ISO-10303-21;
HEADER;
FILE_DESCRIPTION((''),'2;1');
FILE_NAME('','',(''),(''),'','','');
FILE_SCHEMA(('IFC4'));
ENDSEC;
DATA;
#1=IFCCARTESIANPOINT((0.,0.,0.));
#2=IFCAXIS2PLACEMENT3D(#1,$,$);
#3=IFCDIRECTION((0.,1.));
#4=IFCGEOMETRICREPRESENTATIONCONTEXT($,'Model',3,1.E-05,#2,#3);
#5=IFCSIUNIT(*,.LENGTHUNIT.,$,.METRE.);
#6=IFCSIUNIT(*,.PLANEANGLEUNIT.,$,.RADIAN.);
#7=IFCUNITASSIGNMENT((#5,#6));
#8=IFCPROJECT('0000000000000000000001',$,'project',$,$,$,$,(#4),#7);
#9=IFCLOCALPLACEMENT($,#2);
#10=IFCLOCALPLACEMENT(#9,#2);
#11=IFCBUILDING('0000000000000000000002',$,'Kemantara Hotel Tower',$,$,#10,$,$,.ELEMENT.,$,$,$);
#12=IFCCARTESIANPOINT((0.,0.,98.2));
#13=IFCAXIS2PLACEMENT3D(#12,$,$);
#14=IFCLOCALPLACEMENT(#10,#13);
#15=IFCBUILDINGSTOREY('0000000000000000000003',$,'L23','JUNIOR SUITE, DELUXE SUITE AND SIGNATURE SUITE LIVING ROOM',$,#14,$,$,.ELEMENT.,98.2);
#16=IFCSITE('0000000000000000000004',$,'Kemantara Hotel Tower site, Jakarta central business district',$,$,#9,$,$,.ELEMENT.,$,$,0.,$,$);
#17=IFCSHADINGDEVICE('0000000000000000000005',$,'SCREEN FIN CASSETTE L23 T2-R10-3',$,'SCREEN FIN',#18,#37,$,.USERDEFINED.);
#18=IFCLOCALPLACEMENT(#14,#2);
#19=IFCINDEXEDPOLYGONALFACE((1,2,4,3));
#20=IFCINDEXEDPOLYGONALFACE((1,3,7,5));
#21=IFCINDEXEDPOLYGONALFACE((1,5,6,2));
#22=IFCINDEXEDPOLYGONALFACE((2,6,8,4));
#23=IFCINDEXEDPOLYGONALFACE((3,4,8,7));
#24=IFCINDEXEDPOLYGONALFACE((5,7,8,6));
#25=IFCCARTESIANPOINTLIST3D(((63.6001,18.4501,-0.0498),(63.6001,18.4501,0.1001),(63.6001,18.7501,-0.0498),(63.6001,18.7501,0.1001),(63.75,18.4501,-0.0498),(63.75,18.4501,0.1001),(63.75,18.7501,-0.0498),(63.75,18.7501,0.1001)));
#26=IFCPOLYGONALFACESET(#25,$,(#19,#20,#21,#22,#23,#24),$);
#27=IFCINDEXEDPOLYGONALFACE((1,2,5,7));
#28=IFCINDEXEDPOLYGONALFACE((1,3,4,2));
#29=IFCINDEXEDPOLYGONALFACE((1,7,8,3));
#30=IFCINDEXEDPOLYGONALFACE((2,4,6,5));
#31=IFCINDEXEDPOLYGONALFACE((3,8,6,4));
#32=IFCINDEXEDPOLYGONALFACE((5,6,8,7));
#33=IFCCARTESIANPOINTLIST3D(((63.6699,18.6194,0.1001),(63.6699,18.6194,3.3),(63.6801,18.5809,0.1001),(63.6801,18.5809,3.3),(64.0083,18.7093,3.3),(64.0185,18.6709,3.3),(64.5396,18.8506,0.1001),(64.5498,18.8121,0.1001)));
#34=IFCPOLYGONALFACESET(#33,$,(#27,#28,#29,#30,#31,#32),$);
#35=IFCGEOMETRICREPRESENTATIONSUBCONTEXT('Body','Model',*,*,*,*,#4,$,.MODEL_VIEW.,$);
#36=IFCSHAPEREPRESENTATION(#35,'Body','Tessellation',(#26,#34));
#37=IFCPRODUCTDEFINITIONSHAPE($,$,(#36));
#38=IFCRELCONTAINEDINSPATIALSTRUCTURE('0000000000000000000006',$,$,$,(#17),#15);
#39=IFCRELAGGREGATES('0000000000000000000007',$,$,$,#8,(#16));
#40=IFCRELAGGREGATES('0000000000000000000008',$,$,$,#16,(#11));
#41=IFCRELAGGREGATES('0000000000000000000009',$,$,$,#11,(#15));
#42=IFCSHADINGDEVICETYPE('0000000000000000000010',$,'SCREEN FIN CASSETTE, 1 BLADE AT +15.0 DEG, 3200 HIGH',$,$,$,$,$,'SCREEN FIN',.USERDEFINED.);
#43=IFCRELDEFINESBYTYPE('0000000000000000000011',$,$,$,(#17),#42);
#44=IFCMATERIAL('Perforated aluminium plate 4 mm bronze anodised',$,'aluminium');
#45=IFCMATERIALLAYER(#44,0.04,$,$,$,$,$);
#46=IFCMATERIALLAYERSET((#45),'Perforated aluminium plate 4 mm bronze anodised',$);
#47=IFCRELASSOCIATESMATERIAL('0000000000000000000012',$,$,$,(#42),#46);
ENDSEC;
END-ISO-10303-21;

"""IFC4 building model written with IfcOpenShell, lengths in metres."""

from ifc_helpers import new_model, si_unit, direction, frame, origin, origin_2d, place, context, subcontext, project, spatial, polyline, rectangle, outline, extrude, source, transform, mapped, material, layer, layer_set, type_object, element, save


model = new_model("IFC4")

# Units and contexts
model_context = context("Model", 3, precision=1e-05, world=origin(), true_north=direction((0.0, 1.0)))
body_context = subcontext(model_context, "Body", "Model", "MODEL_VIEW")
ifc_project = project(units=[si_unit("LENGTHUNIT", "METRE"), si_unit("PLANEANGLEUNIT", "RADIAN")], contexts=[model_context])

# Site, building, storey
site_placement = place(None, origin())
site = spatial("IfcSite", under=ifc_project, at=site_placement, Name="Kemantara Hotel Tower site, Jakarta central business district", CompositionType="ELEMENT", RefElevation=0.0)
building_placement = place(site_placement, origin())
building = spatial("IfcBuilding", under=site, at=building_placement, Name="Kemantara Hotel Tower", CompositionType="ELEMENT")
storey_placement = place(building_placement, frame((0.0, 0.0, 98.2)))
storey = spatial("IfcBuildingStorey", under=building, at=storey_placement, Name="L23", Description="JUNIOR SUITE, DELUXE SUITE AND SIGNATURE SUITE LIVING ROOM", CompositionType="ELEMENT", Elevation=98.2)

# Shading device
ifc_material_1 = material(Name="Perforated aluminium plate 4 mm bronze anodised", Category="aluminium")
ifc_layer_1 = layer(ifc_material_1, 0.04)
ifc_layer_set_1 = layer_set([ifc_layer_1], Name="Perforated aluminium plate 4 mm bronze anodised")
shading_device_type_1 = type_object("IfcShadingDeviceType", Name="SCREEN FIN CASSETTE, 1 BLADE AT +15.0 DEG, 3200 HIGH", ElementType="SCREEN FIN", PredefinedType="USERDEFINED", material=ifc_layer_set_1)
shared_shape_1 = source(origin(), body_context, "Body", "SweptSolid", [
    extrude(rectangle(XDim=0.3, YDim=0.1499, at=origin_2d()), frame((0.0, -0.075, -0.1499), z_axis=(0.0, 0.0, 1.0), x_axis=(1.0, 0.0, 0.0)), (0.0, 0.0, 1.0), 0.1499),
    extrude(outline(polyline([(0.0, 0.0), (0.8999, 0.0), (0.3501, 3.2), (0.0, 3.2), (0.0, 0.0)])), frame((0.0193, -0.0698, 0.0), z_axis=(-0.966438, -0.256901, 0.0), x_axis=(0.256901, -0.966438, 0.0)), (0.0, 0.0, 1.0), 0.0398),
])
shading_device_1_placement = place(storey_placement, frame((63.6001, 18.6001, 0.1001), z_axis=(0.0, 0.0, 1.0), x_axis=(0.0, 1.0, 0.0)))
element("IfcShadingDevice", 1, at=shading_device_1_placement, inside=storey, type_object=shading_device_type_1, Name="SCREEN FIN CASSETTE L23 T2-R10-3", ObjectType="SCREEN FIN", PredefinedType="USERDEFINED", context=body_context, shape_type="MappedRepresentation", body=[
    mapped(shared_shape_1, transform((0.0, 0.0, 0.0))),
])

save(model, "model.ifc")
